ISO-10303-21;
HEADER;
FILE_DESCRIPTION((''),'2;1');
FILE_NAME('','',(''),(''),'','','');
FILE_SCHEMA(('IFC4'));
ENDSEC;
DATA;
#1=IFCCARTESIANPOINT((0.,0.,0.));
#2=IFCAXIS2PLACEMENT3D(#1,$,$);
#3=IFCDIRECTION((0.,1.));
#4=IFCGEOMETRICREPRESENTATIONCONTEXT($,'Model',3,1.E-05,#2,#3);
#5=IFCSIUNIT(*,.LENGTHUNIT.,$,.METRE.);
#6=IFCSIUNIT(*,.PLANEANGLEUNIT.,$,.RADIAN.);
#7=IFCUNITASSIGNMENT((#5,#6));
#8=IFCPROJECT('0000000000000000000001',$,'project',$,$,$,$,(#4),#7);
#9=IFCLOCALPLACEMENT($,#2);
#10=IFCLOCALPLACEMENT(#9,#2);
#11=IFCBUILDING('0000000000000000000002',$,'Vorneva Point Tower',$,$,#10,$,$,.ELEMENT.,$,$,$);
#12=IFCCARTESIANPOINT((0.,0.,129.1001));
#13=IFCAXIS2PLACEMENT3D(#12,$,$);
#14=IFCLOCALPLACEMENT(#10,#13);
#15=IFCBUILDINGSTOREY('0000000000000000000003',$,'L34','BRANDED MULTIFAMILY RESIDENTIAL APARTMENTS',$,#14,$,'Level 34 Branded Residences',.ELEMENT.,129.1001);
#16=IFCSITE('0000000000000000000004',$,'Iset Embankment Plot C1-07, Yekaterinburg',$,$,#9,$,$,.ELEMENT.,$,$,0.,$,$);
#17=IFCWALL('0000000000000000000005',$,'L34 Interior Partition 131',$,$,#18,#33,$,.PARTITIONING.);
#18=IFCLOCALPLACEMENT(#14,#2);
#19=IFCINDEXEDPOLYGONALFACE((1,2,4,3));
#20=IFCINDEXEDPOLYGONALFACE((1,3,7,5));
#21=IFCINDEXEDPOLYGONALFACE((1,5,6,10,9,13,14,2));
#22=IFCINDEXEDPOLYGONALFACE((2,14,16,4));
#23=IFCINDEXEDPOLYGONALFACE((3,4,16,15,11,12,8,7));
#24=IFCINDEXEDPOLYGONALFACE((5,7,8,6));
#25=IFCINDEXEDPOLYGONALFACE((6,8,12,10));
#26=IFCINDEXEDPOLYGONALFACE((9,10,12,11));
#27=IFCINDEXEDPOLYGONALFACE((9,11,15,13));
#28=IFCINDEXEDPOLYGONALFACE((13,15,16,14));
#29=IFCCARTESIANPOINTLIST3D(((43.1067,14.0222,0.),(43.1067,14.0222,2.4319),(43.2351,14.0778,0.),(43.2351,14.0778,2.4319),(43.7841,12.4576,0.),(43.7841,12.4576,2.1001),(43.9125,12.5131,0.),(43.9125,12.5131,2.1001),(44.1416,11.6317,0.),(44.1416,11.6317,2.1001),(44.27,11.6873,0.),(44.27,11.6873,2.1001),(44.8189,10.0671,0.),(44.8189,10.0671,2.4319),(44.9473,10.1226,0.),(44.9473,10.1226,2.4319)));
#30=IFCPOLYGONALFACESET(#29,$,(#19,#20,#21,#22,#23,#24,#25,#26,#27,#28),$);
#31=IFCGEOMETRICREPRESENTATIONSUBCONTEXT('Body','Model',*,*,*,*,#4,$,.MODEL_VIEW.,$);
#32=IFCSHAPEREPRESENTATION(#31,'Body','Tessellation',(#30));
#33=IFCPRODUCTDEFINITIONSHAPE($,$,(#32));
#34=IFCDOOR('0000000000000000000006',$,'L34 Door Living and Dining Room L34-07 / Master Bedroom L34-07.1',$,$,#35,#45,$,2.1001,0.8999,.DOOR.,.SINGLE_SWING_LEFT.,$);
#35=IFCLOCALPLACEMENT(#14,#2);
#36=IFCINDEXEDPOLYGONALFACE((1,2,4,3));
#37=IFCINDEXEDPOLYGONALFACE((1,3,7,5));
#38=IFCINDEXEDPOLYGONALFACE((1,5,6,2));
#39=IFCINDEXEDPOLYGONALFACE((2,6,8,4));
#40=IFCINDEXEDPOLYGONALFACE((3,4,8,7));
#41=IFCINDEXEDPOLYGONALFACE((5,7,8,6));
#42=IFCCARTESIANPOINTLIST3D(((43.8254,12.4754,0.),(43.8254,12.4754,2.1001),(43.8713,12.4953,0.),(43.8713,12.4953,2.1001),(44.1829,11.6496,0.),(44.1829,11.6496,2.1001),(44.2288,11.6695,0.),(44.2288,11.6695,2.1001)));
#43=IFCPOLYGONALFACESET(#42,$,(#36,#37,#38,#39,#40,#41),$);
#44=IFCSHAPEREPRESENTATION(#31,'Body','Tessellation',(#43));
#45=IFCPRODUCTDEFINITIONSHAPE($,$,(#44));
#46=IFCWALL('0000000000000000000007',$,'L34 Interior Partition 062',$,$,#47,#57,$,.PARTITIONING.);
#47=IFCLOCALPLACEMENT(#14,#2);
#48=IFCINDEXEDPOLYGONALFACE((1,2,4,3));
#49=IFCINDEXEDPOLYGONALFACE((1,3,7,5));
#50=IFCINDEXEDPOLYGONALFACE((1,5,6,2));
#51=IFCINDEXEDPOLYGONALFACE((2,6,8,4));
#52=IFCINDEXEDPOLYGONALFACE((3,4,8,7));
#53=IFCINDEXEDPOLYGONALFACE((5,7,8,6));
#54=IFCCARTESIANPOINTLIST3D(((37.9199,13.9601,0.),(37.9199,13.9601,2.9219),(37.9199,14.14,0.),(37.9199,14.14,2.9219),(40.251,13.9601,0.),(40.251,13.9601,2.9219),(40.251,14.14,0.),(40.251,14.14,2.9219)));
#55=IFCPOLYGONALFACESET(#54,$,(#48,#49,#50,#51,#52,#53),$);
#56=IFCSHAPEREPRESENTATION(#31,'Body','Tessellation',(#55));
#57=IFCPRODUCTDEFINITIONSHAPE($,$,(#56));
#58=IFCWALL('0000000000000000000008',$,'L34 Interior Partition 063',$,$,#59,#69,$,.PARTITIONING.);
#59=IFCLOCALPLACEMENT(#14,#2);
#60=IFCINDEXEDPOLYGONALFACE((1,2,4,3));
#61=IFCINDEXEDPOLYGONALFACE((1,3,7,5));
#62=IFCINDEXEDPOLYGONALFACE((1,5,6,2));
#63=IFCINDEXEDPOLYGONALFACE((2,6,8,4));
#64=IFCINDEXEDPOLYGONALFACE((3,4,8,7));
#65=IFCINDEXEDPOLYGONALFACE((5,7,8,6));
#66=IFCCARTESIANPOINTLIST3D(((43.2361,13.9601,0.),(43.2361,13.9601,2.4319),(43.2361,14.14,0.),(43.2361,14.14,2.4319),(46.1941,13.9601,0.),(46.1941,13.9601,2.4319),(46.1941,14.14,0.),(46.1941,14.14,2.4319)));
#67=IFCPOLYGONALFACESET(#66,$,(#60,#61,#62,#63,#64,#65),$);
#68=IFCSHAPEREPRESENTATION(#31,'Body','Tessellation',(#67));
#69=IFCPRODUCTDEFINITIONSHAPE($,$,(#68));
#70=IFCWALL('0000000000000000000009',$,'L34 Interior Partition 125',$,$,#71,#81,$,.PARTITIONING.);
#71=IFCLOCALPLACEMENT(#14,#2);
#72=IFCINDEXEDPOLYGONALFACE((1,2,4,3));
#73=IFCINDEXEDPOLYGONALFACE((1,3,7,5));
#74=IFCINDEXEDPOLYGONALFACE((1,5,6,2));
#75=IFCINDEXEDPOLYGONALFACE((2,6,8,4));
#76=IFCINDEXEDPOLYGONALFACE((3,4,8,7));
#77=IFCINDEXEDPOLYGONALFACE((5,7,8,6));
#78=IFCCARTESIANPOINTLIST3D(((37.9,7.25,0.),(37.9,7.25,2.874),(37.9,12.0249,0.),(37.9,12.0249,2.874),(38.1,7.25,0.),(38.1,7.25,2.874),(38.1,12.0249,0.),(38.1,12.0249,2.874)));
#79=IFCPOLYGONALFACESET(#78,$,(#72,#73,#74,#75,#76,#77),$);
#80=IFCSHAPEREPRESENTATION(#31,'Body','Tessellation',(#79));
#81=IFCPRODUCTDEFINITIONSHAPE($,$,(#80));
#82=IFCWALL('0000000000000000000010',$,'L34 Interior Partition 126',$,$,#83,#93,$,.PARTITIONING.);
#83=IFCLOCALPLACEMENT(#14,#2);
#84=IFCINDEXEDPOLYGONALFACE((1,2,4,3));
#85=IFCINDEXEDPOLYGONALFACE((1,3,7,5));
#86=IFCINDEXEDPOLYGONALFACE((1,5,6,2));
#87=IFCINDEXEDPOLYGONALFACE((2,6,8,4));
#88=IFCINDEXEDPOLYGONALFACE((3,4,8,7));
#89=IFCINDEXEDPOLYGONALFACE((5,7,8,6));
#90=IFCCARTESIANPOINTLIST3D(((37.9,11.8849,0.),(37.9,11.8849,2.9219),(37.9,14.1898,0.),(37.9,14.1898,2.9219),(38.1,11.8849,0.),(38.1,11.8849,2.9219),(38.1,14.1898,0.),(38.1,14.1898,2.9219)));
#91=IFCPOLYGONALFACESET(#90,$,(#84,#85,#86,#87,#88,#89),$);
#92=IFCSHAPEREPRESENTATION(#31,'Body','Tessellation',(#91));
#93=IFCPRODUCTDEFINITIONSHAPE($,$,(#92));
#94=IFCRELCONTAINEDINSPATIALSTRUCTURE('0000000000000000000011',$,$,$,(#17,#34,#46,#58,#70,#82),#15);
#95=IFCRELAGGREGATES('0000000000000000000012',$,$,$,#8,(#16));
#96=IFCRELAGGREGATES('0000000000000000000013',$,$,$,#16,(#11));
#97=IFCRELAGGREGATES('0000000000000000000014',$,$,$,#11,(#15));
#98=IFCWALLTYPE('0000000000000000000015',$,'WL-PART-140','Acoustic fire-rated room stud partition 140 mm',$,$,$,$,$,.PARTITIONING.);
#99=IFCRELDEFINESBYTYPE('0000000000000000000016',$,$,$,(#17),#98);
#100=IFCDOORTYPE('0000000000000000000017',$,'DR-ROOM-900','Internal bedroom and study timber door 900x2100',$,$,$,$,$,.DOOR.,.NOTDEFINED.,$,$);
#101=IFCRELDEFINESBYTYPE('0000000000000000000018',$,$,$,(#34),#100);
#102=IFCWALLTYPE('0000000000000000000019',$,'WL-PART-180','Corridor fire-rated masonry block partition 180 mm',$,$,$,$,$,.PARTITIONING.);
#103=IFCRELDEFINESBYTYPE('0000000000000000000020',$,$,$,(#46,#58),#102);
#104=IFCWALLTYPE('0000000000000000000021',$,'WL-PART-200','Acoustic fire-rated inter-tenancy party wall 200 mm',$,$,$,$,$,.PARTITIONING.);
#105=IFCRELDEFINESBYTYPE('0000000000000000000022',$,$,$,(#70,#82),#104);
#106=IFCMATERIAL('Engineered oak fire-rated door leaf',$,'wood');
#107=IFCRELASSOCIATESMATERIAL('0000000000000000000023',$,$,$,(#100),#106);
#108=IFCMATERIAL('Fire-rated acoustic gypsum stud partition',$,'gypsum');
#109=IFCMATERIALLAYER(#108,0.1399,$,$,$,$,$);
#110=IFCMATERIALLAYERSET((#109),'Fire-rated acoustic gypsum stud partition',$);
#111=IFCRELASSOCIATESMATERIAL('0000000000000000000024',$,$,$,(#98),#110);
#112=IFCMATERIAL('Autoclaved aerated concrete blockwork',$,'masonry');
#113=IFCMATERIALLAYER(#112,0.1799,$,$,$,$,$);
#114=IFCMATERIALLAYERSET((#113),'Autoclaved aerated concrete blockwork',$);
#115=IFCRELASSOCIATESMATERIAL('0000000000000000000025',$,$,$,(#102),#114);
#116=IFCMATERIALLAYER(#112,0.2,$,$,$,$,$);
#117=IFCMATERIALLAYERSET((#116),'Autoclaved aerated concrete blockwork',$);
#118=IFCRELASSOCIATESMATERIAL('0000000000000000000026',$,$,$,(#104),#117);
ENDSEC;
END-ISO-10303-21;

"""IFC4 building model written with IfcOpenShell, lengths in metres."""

from ifc_helpers import new_model, si_unit, direction, frame, frame_2d, origin, place, context, subcontext, project, spatial, rectangle, extrude, material, layer, layer_set, type_object, element, fill, save


model = new_model("IFC4")

# Units and contexts
model_context = context("Model", 3, precision=1e-05, world=origin(), true_north=direction((0.0, 1.0)))
body_context = subcontext(model_context, "Body", "Model", "MODEL_VIEW")
ifc_project = project(units=[si_unit("LENGTHUNIT", "METRE"), si_unit("PLANEANGLEUNIT", "RADIAN")], contexts=[model_context])

# Site, building, storey
site_placement = place(None, origin())
site = spatial("IfcSite", under=ifc_project, at=site_placement, Name="Iset Embankment Plot C1-07, Yekaterinburg", CompositionType="ELEMENT", RefElevation=0.0)
building_placement = place(site_placement, origin())
building = spatial("IfcBuilding", under=site, at=building_placement, Name="Vorneva Point Tower", CompositionType="ELEMENT")
storey_placement = place(building_placement, frame((0.0, 0.0, 129.1001)))
storey = spatial("IfcBuildingStorey", under=building, at=storey_placement, Name="L34", Description="BRANDED MULTIFAMILY RESIDENTIAL APARTMENTS", LongName="Level 34 Branded Residences", CompositionType="ELEMENT", Elevation=129.1001)

# Shared definitions
ifc_material_1 = material(Name="Fire-rated acoustic gypsum stud partition", Category="gypsum")
ifc_material_2 = material(Name="Engineered oak fire-rated door leaf", Category="wood")
door_type_1 = type_object("IfcDoorType", Name="DR-ROOM-900", Description="Internal bedroom and study timber door 900x2100", OperationType="NOTDEFINED", PredefinedType="DOOR", material=ifc_material_2)

# Wall, opening, door
ifc_layer_1 = layer(ifc_material_1, 0.1399)
ifc_layer_set_1 = layer_set([ifc_layer_1], Name="Fire-rated acoustic gypsum stud partition")
wall_type_1 = type_object("IfcWallType", Name="WL-PART-140", Description="Acoustic fire-rated room stud partition 140 mm", PredefinedType="PARTITIONING", material=ifc_layer_set_1)
wall_1_placement = place(storey_placement, frame((44.8831, 10.095, 0.0), z_axis=(0.0, 0.0, 1.0), x_axis=(-0.397274, 0.9177, 0.0)))
wall_1 = element("IfcWall", 1, at=wall_1_placement, inside=storey, type_object=wall_type_1, Name="L34 Interior Partition 131", PredefinedType="PARTITIONING", context=body_context, shape_type="SweptSolid", body=[
    extrude(rectangle(XDim=4.3098, YDim=0.1399, at=frame_2d((2.1548, 0.0))), origin(), (0.0, 0.0, 1.0), 2.4319),
])
opening_1_placement = place(wall_1_placement, frame((1.7048, 0.0, 0.0)))
opening_1 = element("IfcOpeningElement", 2, at=opening_1_placement, cuts=wall_1, PredefinedType="OPENING", context=body_context, shape_type="SweptSolid", body=[
    extrude(rectangle(XDim=0.8999, YDim=2.1001, at=frame_2d((0.45, 1.05))), frame((0.0, 0.085, 0.0), z_axis=(0.0, -1.0, 0.0), x_axis=(1.0, 0.0, 0.0)), (0.0, 0.0, 1.0), 0.1697),
])
door_1_placement = place(opening_1_placement, origin())
door_1 = element("IfcDoor", 3, at=door_1_placement, inside=storey, type_object=door_type_1, Name="L34 Door Living and Dining Room L34-07 / Master Bedroom L34-07.1", OperationType="SINGLE_SWING_LEFT", OverallHeight=2.1001, OverallWidth=0.8999, PredefinedType="DOOR", context=body_context, shape_type="SweptSolid", body=[
    extrude(rectangle(XDim=0.8999, YDim=2.1001, at=frame_2d((0.45, 1.05))), frame((0.0, 0.0249, 0.0), z_axis=(0.0, -1.0, 0.0), x_axis=(1.0, 0.0, 0.0)), (0.0, 0.0, 1.0), 0.05),
])
fill(opening_1, door_1)
ifc_material_3 = material(Name="Autoclaved aerated concrete blockwork", Category="masonry")
ifc_layer_2 = layer(ifc_material_3, 0.1799)
ifc_layer_set_2 = layer_set([ifc_layer_2], Name="Autoclaved aerated concrete blockwork")
wall_type_2 = type_object("IfcWallType", Name="WL-PART-180", Description="Corridor fire-rated masonry block partition 180 mm", PredefinedType="PARTITIONING", material=ifc_layer_set_2)

# Walls
wall_2_placement = place(storey_placement, frame((37.9199, 14.05, 0.0), z_axis=(0.0, 0.0, 1.0), x_axis=(1.0, 0.0, 0.0)))
element("IfcWall", 4, at=wall_2_placement, inside=storey, type_object=wall_type_2, Name="L34 Interior Partition 062", PredefinedType="PARTITIONING", context=body_context, shape_type="SweptSolid", body=[
    extrude(rectangle(XDim=2.3311, YDim=0.1799, at=frame_2d((1.1655, 0.0))), origin(), (0.0, 0.0, 1.0), 2.9219),
])
wall_3_placement = place(storey_placement, frame((43.2361, 14.05, 0.0), z_axis=(0.0, 0.0, 1.0), x_axis=(1.0, 0.0, 0.0)))
element("IfcWall", 5, at=wall_3_placement, inside=storey, type_object=wall_type_2, Name="L34 Interior Partition 063", PredefinedType="PARTITIONING", context=body_context, shape_type="SweptSolid", body=[
    extrude(rectangle(XDim=2.958, YDim=0.1799, at=frame_2d((1.479, 0.0))), origin(), (0.0, 0.0, 1.0), 2.4319),
])
ifc_layer_3 = layer(ifc_material_3, 0.2)
ifc_layer_set_3 = layer_set([ifc_layer_3], Name="Autoclaved aerated concrete blockwork")
wall_type_3 = type_object("IfcWallType", Name="WL-PART-200", Description="Acoustic fire-rated inter-tenancy party wall 200 mm", PredefinedType="PARTITIONING", material=ifc_layer_set_3)
wall_4_placement = place(storey_placement, frame((38.0, 7.25, 0.0), z_axis=(0.0, 0.0, 1.0), x_axis=(0.0, 1.0, 0.0)))
element("IfcWall", 6, at=wall_4_placement, inside=storey, type_object=wall_type_3, Name="L34 Interior Partition 125", PredefinedType="PARTITIONING", context=body_context, shape_type="SweptSolid", body=[
    extrude(rectangle(XDim=4.7749, YDim=0.2, at=frame_2d((2.3875, 0.0))), origin(), (0.0, 0.0, 1.0), 2.874),
])
wall_5_placement = place(storey_placement, frame((38.0, 11.885, 0.0), z_axis=(0.0, 0.0, 1.0), x_axis=(0.0, 1.0, 0.0)))
element("IfcWall", 7, at=wall_5_placement, inside=storey, type_object=wall_type_3, Name="L34 Interior Partition 126", PredefinedType="PARTITIONING", context=body_context, shape_type="SweptSolid", body=[
    extrude(rectangle(XDim=2.3049, YDim=0.2, at=frame_2d((1.1523, 0.0))), origin(), (0.0, 0.0, 1.0), 2.9219),
])

save(model, "model.ifc")
